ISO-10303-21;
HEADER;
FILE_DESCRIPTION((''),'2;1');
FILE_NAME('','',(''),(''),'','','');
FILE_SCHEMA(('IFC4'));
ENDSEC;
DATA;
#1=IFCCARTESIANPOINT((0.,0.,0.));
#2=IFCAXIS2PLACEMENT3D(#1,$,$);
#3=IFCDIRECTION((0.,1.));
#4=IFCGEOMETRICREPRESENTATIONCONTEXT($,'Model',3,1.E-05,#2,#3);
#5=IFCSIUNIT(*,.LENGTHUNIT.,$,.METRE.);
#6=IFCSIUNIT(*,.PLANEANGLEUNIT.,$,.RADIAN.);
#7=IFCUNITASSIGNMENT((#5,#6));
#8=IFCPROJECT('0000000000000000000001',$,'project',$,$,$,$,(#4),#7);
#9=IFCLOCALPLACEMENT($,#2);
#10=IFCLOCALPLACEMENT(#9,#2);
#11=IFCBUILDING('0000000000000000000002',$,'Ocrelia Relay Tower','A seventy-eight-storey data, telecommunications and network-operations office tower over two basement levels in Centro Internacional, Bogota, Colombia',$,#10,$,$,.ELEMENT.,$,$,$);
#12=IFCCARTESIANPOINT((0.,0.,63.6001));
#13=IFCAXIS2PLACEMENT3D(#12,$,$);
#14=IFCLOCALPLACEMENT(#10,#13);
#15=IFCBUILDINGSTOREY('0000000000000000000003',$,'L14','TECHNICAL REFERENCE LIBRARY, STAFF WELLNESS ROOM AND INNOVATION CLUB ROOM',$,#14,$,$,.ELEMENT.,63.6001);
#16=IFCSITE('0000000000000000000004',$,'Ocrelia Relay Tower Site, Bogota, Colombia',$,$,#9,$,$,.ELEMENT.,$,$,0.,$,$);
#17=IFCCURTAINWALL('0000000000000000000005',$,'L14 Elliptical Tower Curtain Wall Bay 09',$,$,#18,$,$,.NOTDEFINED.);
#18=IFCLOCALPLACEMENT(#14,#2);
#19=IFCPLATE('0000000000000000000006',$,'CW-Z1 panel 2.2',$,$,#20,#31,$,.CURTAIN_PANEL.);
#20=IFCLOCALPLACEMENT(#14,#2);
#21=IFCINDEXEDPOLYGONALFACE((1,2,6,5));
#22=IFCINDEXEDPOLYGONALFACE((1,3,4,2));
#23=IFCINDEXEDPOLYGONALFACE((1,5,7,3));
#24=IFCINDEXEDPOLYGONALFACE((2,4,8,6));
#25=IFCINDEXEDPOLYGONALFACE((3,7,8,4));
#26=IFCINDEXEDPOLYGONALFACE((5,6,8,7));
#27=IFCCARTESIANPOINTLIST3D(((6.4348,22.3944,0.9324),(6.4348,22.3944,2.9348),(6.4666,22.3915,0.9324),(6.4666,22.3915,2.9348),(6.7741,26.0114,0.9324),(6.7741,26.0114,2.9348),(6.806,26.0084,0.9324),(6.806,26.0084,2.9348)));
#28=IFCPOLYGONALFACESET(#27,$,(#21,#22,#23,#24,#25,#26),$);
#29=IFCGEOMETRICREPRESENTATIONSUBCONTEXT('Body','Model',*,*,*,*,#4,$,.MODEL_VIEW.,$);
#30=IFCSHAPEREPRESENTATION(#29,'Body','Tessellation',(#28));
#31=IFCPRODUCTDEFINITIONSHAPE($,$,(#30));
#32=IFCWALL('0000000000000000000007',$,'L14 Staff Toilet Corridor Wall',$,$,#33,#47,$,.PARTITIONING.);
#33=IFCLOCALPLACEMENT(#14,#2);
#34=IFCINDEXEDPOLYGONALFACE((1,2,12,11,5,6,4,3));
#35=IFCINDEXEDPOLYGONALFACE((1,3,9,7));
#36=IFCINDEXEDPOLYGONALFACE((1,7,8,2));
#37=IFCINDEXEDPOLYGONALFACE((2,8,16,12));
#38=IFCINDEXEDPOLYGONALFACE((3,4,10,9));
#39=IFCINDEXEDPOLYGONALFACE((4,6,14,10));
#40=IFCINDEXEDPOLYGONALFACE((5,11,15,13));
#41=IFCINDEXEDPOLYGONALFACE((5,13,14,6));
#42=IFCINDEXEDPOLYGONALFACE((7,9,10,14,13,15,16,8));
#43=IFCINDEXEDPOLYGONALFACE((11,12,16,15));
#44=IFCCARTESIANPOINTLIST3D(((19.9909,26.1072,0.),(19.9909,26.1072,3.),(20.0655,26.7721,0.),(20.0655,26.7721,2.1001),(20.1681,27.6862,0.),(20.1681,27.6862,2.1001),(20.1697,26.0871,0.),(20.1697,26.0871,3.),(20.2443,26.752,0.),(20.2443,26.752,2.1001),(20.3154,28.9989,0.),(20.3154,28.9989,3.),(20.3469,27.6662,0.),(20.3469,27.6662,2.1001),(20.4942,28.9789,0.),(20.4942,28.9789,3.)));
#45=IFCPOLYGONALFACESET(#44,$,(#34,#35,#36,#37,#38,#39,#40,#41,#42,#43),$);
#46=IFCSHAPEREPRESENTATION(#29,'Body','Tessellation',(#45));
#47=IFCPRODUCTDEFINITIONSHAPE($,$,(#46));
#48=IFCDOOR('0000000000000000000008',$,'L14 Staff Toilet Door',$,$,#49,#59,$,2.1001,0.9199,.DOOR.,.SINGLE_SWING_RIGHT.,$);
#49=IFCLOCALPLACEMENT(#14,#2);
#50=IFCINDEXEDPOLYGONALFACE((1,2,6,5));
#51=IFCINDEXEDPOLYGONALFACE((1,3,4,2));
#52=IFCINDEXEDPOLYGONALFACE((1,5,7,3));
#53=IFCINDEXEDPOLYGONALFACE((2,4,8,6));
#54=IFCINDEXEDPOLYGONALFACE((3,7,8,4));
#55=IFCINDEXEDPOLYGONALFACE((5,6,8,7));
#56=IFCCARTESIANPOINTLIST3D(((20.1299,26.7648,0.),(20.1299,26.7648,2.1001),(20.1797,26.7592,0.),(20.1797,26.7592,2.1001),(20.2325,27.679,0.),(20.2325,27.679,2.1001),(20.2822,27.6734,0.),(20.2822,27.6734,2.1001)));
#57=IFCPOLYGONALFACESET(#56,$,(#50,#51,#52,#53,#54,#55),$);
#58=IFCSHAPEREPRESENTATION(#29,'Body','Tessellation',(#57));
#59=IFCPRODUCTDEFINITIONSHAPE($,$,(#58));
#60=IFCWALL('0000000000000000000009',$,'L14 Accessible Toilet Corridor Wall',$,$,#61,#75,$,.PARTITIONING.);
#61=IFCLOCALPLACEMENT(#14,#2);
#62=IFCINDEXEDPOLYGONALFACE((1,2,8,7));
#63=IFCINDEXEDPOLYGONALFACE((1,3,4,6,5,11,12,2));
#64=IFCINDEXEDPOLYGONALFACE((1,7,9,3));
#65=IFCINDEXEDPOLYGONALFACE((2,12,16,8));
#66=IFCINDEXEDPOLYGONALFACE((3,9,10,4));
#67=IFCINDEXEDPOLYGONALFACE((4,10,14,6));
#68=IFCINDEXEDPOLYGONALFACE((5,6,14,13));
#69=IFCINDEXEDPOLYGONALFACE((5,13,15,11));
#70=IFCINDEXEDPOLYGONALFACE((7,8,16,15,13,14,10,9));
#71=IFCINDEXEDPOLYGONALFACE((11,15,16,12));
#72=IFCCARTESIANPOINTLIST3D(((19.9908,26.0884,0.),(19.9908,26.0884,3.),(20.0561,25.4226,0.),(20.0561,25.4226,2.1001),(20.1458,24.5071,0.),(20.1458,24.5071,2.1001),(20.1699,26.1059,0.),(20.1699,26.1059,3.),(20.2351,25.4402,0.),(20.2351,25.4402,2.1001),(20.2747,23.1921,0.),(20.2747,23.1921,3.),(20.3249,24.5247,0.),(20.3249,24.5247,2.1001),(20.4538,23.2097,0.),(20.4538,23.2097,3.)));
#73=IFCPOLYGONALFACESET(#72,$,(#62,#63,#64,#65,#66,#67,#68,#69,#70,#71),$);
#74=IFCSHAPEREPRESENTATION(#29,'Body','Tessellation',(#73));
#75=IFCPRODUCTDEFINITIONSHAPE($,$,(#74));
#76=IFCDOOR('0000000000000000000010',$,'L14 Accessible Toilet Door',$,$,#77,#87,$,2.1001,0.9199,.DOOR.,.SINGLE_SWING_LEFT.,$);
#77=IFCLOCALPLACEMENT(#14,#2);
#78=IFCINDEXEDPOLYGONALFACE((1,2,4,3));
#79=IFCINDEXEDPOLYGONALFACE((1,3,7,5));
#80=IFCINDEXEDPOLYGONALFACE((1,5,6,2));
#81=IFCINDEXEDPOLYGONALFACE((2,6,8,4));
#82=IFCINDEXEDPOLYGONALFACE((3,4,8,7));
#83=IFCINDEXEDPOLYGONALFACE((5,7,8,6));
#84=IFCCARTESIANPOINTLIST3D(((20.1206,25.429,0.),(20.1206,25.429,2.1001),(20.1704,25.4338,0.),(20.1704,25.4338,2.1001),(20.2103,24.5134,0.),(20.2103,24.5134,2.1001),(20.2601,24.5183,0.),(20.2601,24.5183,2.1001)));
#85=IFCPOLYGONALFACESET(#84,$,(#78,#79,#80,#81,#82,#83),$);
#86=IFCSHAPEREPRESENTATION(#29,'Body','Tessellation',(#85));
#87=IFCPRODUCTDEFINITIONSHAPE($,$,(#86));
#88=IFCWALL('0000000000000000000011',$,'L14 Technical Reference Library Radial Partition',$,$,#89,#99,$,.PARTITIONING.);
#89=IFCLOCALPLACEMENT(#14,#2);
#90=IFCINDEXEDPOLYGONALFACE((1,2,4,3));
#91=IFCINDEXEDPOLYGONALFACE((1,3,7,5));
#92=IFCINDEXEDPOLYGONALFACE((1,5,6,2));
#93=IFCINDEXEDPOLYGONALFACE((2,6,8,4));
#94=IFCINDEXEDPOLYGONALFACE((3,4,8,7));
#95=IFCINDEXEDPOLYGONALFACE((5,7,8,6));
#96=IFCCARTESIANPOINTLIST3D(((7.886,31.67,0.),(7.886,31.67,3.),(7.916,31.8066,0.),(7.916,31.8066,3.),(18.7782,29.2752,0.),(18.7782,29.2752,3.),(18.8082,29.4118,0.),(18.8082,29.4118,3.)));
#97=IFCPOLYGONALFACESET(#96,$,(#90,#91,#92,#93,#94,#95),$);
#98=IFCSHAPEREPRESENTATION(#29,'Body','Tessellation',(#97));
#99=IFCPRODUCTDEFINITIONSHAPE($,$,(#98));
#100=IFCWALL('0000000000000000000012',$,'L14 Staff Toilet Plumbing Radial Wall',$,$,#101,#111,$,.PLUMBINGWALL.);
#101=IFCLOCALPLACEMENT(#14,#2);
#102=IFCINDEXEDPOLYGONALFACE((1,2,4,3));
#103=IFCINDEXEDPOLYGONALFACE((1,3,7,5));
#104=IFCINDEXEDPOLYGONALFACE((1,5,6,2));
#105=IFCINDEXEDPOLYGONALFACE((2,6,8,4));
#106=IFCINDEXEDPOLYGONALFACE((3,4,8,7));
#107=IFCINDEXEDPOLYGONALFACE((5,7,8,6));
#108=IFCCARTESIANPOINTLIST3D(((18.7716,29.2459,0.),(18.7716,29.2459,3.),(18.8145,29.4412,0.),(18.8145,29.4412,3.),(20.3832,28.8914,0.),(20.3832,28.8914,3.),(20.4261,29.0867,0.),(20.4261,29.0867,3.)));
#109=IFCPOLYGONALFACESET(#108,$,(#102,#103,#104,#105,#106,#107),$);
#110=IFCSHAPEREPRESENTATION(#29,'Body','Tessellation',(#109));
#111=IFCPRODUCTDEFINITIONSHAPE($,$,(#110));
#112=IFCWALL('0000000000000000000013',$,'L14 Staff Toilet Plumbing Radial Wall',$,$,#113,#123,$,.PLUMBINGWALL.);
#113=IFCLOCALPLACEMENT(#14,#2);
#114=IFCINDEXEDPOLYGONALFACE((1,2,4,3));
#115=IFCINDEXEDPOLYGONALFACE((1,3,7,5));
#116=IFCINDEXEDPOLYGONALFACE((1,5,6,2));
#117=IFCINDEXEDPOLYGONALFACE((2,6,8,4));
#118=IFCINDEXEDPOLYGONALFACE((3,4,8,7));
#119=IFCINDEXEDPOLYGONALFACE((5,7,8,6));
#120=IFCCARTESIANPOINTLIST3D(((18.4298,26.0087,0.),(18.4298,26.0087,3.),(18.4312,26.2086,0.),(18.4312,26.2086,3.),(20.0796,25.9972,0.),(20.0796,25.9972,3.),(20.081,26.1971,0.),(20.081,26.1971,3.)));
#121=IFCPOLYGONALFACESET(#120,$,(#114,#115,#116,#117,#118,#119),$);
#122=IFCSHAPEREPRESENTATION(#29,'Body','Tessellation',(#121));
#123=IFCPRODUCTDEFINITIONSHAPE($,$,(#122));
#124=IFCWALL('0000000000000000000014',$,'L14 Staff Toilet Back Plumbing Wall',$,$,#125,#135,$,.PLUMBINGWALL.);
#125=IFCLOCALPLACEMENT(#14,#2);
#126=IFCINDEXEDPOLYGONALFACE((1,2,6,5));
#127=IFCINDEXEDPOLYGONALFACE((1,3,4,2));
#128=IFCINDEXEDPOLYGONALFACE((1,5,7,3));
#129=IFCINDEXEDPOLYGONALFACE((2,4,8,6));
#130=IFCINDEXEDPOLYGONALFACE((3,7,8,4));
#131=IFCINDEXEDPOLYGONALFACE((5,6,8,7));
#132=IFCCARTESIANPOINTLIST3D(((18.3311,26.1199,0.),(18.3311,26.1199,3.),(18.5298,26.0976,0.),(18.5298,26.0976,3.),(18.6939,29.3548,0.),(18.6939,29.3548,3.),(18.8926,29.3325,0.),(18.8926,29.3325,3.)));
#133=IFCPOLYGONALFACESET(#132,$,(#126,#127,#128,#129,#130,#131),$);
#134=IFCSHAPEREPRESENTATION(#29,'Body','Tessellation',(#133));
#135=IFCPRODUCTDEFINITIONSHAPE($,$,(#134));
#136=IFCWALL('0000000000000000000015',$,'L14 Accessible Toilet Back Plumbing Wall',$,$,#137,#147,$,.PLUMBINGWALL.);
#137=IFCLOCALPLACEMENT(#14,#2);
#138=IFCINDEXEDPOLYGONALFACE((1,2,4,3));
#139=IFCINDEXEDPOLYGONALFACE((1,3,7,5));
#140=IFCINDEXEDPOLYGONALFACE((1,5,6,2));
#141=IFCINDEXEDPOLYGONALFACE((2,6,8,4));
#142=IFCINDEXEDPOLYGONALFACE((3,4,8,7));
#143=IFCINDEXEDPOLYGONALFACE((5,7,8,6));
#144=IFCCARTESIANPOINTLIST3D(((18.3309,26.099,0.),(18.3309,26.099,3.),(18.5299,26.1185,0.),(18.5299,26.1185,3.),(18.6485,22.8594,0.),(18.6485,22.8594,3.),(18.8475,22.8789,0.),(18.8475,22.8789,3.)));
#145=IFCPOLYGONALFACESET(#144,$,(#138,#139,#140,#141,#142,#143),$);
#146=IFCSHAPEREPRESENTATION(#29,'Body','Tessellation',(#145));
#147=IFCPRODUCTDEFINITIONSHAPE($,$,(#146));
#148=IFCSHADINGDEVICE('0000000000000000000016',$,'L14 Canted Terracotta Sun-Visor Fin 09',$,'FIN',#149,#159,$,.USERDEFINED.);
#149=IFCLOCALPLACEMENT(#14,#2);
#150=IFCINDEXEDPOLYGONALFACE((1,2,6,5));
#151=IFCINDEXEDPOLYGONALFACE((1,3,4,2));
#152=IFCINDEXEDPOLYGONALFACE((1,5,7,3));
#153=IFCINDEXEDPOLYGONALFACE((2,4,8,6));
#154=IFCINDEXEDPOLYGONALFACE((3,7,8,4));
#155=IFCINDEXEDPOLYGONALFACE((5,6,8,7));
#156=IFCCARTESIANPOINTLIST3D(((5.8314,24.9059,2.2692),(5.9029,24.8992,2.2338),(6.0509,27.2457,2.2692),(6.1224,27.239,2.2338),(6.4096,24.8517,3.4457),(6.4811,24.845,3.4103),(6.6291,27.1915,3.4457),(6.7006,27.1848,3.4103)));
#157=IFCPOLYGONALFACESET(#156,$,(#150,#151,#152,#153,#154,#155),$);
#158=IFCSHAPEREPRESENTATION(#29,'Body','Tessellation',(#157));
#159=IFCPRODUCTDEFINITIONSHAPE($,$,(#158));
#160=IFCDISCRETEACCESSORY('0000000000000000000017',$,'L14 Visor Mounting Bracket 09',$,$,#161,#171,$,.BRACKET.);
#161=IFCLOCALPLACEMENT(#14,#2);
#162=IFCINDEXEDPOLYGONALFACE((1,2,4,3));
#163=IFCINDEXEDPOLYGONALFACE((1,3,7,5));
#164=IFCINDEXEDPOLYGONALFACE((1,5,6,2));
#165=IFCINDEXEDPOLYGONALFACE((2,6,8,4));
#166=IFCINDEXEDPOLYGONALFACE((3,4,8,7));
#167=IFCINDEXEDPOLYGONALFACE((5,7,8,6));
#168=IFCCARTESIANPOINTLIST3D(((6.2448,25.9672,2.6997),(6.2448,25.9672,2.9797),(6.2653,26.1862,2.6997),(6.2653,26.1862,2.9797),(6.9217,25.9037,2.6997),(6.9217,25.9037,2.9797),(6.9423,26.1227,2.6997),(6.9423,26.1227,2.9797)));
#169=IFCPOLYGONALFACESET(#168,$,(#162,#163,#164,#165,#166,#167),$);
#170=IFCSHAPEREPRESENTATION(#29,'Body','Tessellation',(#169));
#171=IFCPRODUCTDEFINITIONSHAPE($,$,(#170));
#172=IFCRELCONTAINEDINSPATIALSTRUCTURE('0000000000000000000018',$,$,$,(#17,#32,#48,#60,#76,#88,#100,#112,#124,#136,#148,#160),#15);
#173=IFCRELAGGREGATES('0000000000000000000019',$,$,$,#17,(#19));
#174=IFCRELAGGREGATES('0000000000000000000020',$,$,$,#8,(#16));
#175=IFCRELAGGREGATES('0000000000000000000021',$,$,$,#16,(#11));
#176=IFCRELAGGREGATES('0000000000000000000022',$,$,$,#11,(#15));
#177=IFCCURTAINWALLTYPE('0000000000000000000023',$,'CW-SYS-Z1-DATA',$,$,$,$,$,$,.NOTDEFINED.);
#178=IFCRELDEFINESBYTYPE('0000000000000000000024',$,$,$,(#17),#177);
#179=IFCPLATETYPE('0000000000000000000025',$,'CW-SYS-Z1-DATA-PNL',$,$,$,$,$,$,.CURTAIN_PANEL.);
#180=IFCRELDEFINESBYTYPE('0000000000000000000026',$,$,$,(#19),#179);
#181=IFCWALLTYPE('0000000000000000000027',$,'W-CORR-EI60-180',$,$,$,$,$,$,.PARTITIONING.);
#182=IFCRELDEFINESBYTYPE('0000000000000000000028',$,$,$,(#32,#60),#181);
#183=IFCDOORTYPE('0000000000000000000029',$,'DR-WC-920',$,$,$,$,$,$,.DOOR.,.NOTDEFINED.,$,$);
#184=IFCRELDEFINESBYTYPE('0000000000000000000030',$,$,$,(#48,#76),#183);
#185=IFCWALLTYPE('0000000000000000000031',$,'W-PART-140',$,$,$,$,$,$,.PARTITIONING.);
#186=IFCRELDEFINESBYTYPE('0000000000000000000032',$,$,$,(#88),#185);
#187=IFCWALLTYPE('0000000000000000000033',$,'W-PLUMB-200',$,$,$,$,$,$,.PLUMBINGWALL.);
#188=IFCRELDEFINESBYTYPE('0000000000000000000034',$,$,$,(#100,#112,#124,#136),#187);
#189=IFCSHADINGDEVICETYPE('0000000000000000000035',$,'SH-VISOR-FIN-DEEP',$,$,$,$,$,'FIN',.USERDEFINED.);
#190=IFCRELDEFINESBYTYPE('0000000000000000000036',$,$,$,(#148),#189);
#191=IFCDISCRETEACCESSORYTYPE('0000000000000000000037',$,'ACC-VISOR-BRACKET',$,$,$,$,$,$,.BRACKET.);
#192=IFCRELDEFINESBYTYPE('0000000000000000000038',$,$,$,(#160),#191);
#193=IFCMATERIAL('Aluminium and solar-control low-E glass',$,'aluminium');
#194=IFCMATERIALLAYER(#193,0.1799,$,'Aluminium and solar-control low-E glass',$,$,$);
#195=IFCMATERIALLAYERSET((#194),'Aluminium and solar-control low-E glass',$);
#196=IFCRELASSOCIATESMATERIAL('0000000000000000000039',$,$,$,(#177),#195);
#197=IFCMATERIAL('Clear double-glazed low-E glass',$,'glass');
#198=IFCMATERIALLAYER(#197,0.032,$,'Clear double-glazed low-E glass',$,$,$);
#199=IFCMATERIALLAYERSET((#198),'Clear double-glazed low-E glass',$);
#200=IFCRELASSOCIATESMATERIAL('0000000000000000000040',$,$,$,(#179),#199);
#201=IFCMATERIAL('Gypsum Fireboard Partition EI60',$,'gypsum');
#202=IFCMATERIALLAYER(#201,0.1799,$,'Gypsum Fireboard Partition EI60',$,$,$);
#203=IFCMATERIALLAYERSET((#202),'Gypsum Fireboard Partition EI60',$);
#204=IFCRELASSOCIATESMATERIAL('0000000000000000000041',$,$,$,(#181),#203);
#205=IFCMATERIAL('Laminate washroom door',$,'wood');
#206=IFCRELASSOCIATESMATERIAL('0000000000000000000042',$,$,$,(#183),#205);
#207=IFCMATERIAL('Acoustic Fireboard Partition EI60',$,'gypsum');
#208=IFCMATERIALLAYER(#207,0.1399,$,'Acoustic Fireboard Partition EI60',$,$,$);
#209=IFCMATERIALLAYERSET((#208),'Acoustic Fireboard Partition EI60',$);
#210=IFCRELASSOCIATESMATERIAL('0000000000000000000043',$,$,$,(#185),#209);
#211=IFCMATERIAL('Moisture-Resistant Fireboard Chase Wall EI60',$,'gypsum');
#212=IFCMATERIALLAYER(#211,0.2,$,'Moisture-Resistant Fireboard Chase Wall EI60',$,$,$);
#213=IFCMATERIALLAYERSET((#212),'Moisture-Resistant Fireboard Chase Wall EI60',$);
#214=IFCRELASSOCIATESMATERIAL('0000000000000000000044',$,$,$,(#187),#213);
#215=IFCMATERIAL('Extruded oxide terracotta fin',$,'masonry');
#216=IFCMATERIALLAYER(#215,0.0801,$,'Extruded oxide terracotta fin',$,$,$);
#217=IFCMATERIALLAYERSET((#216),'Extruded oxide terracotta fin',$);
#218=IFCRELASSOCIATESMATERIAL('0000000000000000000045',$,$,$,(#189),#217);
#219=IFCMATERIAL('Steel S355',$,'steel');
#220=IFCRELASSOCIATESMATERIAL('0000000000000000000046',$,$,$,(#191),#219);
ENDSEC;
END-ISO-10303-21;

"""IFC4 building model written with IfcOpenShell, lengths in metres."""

from ifc_helpers import new_model, si_unit, direction, frame, frame_2d, origin, origin_2d, place, context, subcontext, project, spatial, rectangle, extrude, material, layer, layer_set, type_object, element, fill, aggregate, save


model = new_model("IFC4")

# Units and contexts
model_context = context("Model", 3, precision=1e-05, world=origin(), true_north=direction((0.0, 1.0)))
body_context = subcontext(model_context, "Body", "Model", "MODEL_VIEW")
ifc_project = project(units=[si_unit("LENGTHUNIT", "METRE"), si_unit("PLANEANGLEUNIT", "RADIAN")], contexts=[model_context])

# Site, building, storey
site_placement = place(None, origin())
site = spatial("IfcSite", under=ifc_project, at=site_placement, Name="Ocrelia Relay Tower Site, Bogota, Colombia", CompositionType="ELEMENT", RefElevation=0.0)
building_placement = place(site_placement, origin())
building = spatial("IfcBuilding", under=site, at=building_placement, Name="Ocrelia Relay Tower", Description="A seventy-eight-storey data, telecommunications and network-operations office tower over two basement levels in Centro Internacional, Bogota, Colombia", CompositionType="ELEMENT")
storey_placement = place(building_placement, frame((0.0, 0.0, 63.6001)))
storey = spatial("IfcBuildingStorey", under=building, at=storey_placement, Name="L14", Description="TECHNICAL REFERENCE LIBRARY, STAFF WELLNESS ROOM AND INNOVATION CLUB ROOM", CompositionType="ELEMENT", Elevation=63.6001)

# Shared definitions
ifc_material_1 = material(Name="Steel S355", Category="steel")

# Curtain wall, plate
ifc_material_2 = material(Name="Aluminium and solar-control low-E glass", Category="aluminium")
ifc_layer_1 = layer(ifc_material_2, 0.1799, Name="Aluminium and solar-control low-E glass")
ifc_layer_set_1 = layer_set([ifc_layer_1], Name="Aluminium and solar-control low-E glass")
curtain_wall_type = type_object("IfcCurtainWallType", Name="CW-SYS-Z1-DATA", PredefinedType="NOTDEFINED", material=ifc_layer_set_1)
curtain_wall_placement = place(storey_placement, origin())
curtain_wall = element("IfcCurtainWall", 1, at=curtain_wall_placement, inside=storey, type_object=curtain_wall_type, Name="L14 Elliptical Tower Curtain Wall Bay 09", PredefinedType="NOTDEFINED")
ifc_material_3 = material(Name="Clear double-glazed low-E glass", Category="glass")
ifc_layer_2 = layer(ifc_material_3, 0.032, Name="Clear double-glazed low-E glass")
ifc_layer_set_2 = layer_set([ifc_layer_2], Name="Clear double-glazed low-E glass")
plate_type = type_object("IfcPlateType", Name="CW-SYS-Z1-DATA-PNL", PredefinedType="CURTAIN_PANEL", material=ifc_layer_set_2)
plate_1_placement = place(storey_placement, frame((6.6204, 24.2014, 0.9324), z_axis=(0.0, 0.0, 1.0), x_axis=(-0.093413, -0.995627, 0.0)))
plate_1 = element("IfcPlate", 2, at=plate_1_placement, type_object=plate_type, Name="CW-Z1 panel 2.2", PredefinedType="CURTAIN_PANEL", context=body_context, shape_type="SweptSolid", body=[
    extrude(rectangle(XDim=3.6328, YDim=0.032, at=origin_2d()), origin(), (0.0, 0.0, 1.0), 2.0024),
])
aggregate(curtain_wall, [plate_1])

# Walls, openings, doors
ifc_material_4 = material(Name="Gypsum Fireboard Partition EI60", Category="gypsum")
ifc_layer_3 = layer(ifc_material_4, 0.1799, Name="Gypsum Fireboard Partition EI60")
ifc_layer_set_3 = layer_set([ifc_layer_3], Name="Gypsum Fireboard Partition EI60")
wall_type_1 = type_object("IfcWallType", Name="W-CORR-EI60-180", PredefinedType="PARTITIONING", material=ifc_layer_set_3)
wall_1_placement = place(storey_placement, frame((20.4048, 28.989, 0.0), z_axis=(0.0, 0.0, 1.0), x_axis=(-0.1115, -0.993764, 0.0)))
wall_1 = element("IfcWall", 3, at=wall_1_placement, inside=storey, type_object=wall_type_1, Name="L14 Staff Toilet Corridor Wall", PredefinedType="PARTITIONING", context=body_context, shape_type="SweptSolid", body=[
    extrude(rectangle(XDim=2.9099, YDim=0.1799, at=frame_2d((1.4551, 0.0))), origin(), (0.0, 0.0, 1.0), 3.0),
])
opening_1_placement = place(wall_1_placement, frame((1.321, 0.0, 0.0)))
opening_1 = element("IfcOpeningElement", 4, at=opening_1_placement, cuts=wall_1, PredefinedType="OPENING", context=body_context, shape_type="SweptSolid", body=[
    extrude(rectangle(XDim=0.9199, YDim=2.1001, at=frame_2d((0.46, 1.05))), frame((0.0, 0.1001, 0.0), z_axis=(0.0, -1.0, 0.0), x_axis=(1.0, 0.0, 0.0)), (0.0, 0.0, 1.0), 0.2),
])
ifc_material_5 = material(Name="Laminate washroom door", Category="wood")
door_type = type_object("IfcDoorType", Name="DR-WC-920", OperationType="NOTDEFINED", PredefinedType="DOOR", material=ifc_material_5)
door_1_placement = place(opening_1_placement, origin())
door_1 = element("IfcDoor", 5, at=door_1_placement, inside=storey, type_object=door_type, Name="L14 Staff Toilet Door", OperationType="SINGLE_SWING_RIGHT", OverallHeight=2.1001, OverallWidth=0.9199, PredefinedType="DOOR", context=body_context, shape_type="SweptSolid", body=[
    extrude(rectangle(XDim=0.9199, YDim=2.1001, at=frame_2d((0.46, 1.05))), frame((0.0, 0.0249, 0.0), z_axis=(0.0, -1.0, 0.0), x_axis=(1.0, 0.0, 0.0)), (0.0, 0.0, 1.0), 0.05),
])
fill(opening_1, door_1)
wall_2_placement = place(storey_placement, frame((20.0803, 26.0972, 0.0), z_axis=(0.0, 0.0, 1.0), x_axis=(0.097568, -0.995229, 0.0)))
wall_2 = element("IfcWall", 6, at=wall_2_placement, inside=storey, type_object=wall_type_1, Name="L14 Accessible Toilet Corridor Wall", PredefinedType="PARTITIONING", context=body_context, shape_type="SweptSolid", body=[
    extrude(rectangle(XDim=2.9102, YDim=0.1799, at=frame_2d((1.4551, 0.0))), origin(), (0.0, 0.0, 1.0), 3.0),
])
opening_2_placement = place(wall_2_placement, frame((0.6689, 0.0, 0.0)))
opening_2 = element("IfcOpeningElement", 7, at=opening_2_placement, cuts=wall_2, PredefinedType="OPENING", context=body_context, shape_type="SweptSolid", body=[
    extrude(rectangle(XDim=0.9199, YDim=2.1001, at=frame_2d((0.46, 1.05))), frame((0.0, 0.1001, 0.0), z_axis=(0.0, -1.0, 0.0), x_axis=(1.0, 0.0, 0.0)), (0.0, 0.0, 1.0), 0.2),
])
door_2_placement = place(opening_2_placement, origin())
door_2 = element("IfcDoor", 8, at=door_2_placement, inside=storey, type_object=door_type, Name="L14 Accessible Toilet Door", OperationType="SINGLE_SWING_LEFT", OverallHeight=2.1001, OverallWidth=0.9199, PredefinedType="DOOR", context=body_context, shape_type="SweptSolid", body=[
    extrude(rectangle(XDim=0.9199, YDim=2.1001, at=frame_2d((0.46, 1.05))), frame((0.0, 0.0249, 0.0), z_axis=(0.0, -1.0, 0.0), x_axis=(1.0, 0.0, 0.0)), (0.0, 0.0, 1.0), 0.05),
])
fill(opening_2, door_2)

# Walls
ifc_material_6 = material(Name="Acoustic Fireboard Partition EI60", Category="gypsum")
ifc_layer_4 = layer(ifc_material_6, 0.1399, Name="Acoustic Fireboard Partition EI60")
ifc_layer_set_4 = layer_set([ifc_layer_4], Name="Acoustic Fireboard Partition EI60")
wall_type_2 = type_object("IfcWallType", Name="W-PART-140", PredefinedType="PARTITIONING", material=ifc_layer_set_4)
wall_3_placement = place(storey_placement, frame((18.7932, 29.3435, 0.0), z_axis=(0.0, 0.0, 1.0), x_axis=(-0.976672, 0.214735, 0.0)))
element("IfcWall", 9, at=wall_3_placement, inside=storey, type_object=wall_type_2, Name="L14 Technical Reference Library Radial Partition", PredefinedType="PARTITIONING", context=body_context, shape_type="SweptSolid", body=[
    extrude(rectangle(XDim=11.1523, YDim=0.1399, at=frame_2d((5.5762, 0.0))), origin(), (0.0, 0.0, 1.0), 3.0),
])
ifc_material_7 = material(Name="Moisture-Resistant Fireboard Chase Wall EI60", Category="gypsum")
ifc_layer_5 = layer(ifc_material_7, 0.2, Name="Moisture-Resistant Fireboard Chase Wall EI60")
ifc_layer_set_5 = layer_set([ifc_layer_5], Name="Moisture-Resistant Fireboard Chase Wall EI60")
wall_type_3 = type_object("IfcWallType", Name="W-PLUMB-200", PredefinedType="PLUMBINGWALL", material=ifc_layer_set_5)
wall_4_placement = place(storey_placement, frame((20.4048, 28.989, 0.0), z_axis=(0.0, 0.0, 1.0), x_axis=(-0.976651, 0.214831, 0.0)))
element("IfcWall", 10, at=wall_4_placement, inside=storey, type_object=wall_type_3, Name="L14 Staff Toilet Plumbing Radial Wall", PredefinedType="PLUMBINGWALL", context=body_context, shape_type="SweptSolid", body=[
    extrude(rectangle(XDim=1.6501, YDim=0.2, at=frame_2d((0.8252, 0.0))), origin(), (0.0, 0.0, 1.0), 3.0),
])
wall_5_placement = place(storey_placement, frame((20.0803, 26.0972, 0.0), z_axis=(0.0, 0.0, 1.0), x_axis=(-0.999976, 0.006955, 0.0)))
element("IfcWall", 11, at=wall_5_placement, inside=storey, type_object=wall_type_3, Name="L14 Staff Toilet Plumbing Radial Wall", PredefinedType="PLUMBINGWALL", context=body_context, shape_type="SweptSolid", body=[
    extrude(rectangle(XDim=1.6499, YDim=0.2, at=frame_2d((0.825, 0.0))), origin(), (0.0, 0.0, 1.0), 3.0),
])
for number, where, z_axis, x_axis, name in (
    (12, (18.7932, 29.3435, 0.0), (0.0, 0.0, 1.0), (-0.111452, -0.99377, 0.0), "L14 Staff Toilet Back Plumbing Wall"),
    (13, (18.4304, 26.1086, 0.0), (0.0, 0.0, 1.0), (0.09758, -0.995228, 0.0), "L14 Accessible Toilet Back Plumbing Wall"),
):
    element("IfcWall", number, at=place(storey_placement, frame(where, z_axis=z_axis, x_axis=x_axis)), inside=storey, type_object=wall_type_3, Name=name, PredefinedType="PLUMBINGWALL", context=body_context, shape_type="SweptSolid", body=[
        extrude(rectangle(XDim=3.2551, YDim=0.2, at=frame_2d((1.6274, 0.0))), origin(), (0.0, 0.0, 1.0), 3.0),
    ])

# Shading device
ifc_material_8 = material(Name="Extruded oxide terracotta fin", Category="masonry")
ifc_layer_6 = layer(ifc_material_8, 0.0801, Name="Extruded oxide terracotta fin")
ifc_layer_set_6 = layer_set([ifc_layer_6], Name="Extruded oxide terracotta fin")
shading_device_type = type_object("IfcShadingDeviceType", Name="SH-VISOR-FIN-DEEP", ElementType="FIN", PredefinedType="USERDEFINED", material=ifc_layer_set_6)
shading_device_placement = place(storey_placement, frame((6.3018, 26.042, 2.822), z_axis=(-0.892797, 0.083765, 0.442602), x_axis=(-0.093413, -0.995627, 0.0)))
element("IfcShadingDevice", 14, at=shading_device_placement, inside=storey, type_object=shading_device_type, Name="L14 Canted Terracotta Sun-Visor Fin 09", ObjectType="FIN", PredefinedType="USERDEFINED", context=body_context, shape_type="SweptSolid", body=[
    extrude(rectangle(XDim=2.3501, YDim=1.312, at=origin_2d()), origin(), (0.0, 0.0, 1.0), 0.0801),
])

# Discrete accessory
discrete_accessory_type = type_object("IfcDiscreteAccessoryType", Name="ACC-VISOR-BRACKET", PredefinedType="BRACKET", material=ifc_material_1)
discrete_accessory_placement = place(storey_placement, frame((6.5935, 26.0449, 2.6997), z_axis=(0.0, 0.0, 1.0), x_axis=(-0.093413, -0.995627, 0.0)))
element("IfcDiscreteAccessory", 15, at=discrete_accessory_placement, inside=storey, type_object=discrete_accessory_type, Name="L14 Visor Mounting Bracket 09", PredefinedType="BRACKET", context=body_context, shape_type="SweptSolid", body=[
    extrude(rectangle(XDim=0.22, YDim=0.6799, at=origin_2d()), origin(), (0.0, 0.0, 1.0), 0.28),
])

save(model, "model.ifc")
